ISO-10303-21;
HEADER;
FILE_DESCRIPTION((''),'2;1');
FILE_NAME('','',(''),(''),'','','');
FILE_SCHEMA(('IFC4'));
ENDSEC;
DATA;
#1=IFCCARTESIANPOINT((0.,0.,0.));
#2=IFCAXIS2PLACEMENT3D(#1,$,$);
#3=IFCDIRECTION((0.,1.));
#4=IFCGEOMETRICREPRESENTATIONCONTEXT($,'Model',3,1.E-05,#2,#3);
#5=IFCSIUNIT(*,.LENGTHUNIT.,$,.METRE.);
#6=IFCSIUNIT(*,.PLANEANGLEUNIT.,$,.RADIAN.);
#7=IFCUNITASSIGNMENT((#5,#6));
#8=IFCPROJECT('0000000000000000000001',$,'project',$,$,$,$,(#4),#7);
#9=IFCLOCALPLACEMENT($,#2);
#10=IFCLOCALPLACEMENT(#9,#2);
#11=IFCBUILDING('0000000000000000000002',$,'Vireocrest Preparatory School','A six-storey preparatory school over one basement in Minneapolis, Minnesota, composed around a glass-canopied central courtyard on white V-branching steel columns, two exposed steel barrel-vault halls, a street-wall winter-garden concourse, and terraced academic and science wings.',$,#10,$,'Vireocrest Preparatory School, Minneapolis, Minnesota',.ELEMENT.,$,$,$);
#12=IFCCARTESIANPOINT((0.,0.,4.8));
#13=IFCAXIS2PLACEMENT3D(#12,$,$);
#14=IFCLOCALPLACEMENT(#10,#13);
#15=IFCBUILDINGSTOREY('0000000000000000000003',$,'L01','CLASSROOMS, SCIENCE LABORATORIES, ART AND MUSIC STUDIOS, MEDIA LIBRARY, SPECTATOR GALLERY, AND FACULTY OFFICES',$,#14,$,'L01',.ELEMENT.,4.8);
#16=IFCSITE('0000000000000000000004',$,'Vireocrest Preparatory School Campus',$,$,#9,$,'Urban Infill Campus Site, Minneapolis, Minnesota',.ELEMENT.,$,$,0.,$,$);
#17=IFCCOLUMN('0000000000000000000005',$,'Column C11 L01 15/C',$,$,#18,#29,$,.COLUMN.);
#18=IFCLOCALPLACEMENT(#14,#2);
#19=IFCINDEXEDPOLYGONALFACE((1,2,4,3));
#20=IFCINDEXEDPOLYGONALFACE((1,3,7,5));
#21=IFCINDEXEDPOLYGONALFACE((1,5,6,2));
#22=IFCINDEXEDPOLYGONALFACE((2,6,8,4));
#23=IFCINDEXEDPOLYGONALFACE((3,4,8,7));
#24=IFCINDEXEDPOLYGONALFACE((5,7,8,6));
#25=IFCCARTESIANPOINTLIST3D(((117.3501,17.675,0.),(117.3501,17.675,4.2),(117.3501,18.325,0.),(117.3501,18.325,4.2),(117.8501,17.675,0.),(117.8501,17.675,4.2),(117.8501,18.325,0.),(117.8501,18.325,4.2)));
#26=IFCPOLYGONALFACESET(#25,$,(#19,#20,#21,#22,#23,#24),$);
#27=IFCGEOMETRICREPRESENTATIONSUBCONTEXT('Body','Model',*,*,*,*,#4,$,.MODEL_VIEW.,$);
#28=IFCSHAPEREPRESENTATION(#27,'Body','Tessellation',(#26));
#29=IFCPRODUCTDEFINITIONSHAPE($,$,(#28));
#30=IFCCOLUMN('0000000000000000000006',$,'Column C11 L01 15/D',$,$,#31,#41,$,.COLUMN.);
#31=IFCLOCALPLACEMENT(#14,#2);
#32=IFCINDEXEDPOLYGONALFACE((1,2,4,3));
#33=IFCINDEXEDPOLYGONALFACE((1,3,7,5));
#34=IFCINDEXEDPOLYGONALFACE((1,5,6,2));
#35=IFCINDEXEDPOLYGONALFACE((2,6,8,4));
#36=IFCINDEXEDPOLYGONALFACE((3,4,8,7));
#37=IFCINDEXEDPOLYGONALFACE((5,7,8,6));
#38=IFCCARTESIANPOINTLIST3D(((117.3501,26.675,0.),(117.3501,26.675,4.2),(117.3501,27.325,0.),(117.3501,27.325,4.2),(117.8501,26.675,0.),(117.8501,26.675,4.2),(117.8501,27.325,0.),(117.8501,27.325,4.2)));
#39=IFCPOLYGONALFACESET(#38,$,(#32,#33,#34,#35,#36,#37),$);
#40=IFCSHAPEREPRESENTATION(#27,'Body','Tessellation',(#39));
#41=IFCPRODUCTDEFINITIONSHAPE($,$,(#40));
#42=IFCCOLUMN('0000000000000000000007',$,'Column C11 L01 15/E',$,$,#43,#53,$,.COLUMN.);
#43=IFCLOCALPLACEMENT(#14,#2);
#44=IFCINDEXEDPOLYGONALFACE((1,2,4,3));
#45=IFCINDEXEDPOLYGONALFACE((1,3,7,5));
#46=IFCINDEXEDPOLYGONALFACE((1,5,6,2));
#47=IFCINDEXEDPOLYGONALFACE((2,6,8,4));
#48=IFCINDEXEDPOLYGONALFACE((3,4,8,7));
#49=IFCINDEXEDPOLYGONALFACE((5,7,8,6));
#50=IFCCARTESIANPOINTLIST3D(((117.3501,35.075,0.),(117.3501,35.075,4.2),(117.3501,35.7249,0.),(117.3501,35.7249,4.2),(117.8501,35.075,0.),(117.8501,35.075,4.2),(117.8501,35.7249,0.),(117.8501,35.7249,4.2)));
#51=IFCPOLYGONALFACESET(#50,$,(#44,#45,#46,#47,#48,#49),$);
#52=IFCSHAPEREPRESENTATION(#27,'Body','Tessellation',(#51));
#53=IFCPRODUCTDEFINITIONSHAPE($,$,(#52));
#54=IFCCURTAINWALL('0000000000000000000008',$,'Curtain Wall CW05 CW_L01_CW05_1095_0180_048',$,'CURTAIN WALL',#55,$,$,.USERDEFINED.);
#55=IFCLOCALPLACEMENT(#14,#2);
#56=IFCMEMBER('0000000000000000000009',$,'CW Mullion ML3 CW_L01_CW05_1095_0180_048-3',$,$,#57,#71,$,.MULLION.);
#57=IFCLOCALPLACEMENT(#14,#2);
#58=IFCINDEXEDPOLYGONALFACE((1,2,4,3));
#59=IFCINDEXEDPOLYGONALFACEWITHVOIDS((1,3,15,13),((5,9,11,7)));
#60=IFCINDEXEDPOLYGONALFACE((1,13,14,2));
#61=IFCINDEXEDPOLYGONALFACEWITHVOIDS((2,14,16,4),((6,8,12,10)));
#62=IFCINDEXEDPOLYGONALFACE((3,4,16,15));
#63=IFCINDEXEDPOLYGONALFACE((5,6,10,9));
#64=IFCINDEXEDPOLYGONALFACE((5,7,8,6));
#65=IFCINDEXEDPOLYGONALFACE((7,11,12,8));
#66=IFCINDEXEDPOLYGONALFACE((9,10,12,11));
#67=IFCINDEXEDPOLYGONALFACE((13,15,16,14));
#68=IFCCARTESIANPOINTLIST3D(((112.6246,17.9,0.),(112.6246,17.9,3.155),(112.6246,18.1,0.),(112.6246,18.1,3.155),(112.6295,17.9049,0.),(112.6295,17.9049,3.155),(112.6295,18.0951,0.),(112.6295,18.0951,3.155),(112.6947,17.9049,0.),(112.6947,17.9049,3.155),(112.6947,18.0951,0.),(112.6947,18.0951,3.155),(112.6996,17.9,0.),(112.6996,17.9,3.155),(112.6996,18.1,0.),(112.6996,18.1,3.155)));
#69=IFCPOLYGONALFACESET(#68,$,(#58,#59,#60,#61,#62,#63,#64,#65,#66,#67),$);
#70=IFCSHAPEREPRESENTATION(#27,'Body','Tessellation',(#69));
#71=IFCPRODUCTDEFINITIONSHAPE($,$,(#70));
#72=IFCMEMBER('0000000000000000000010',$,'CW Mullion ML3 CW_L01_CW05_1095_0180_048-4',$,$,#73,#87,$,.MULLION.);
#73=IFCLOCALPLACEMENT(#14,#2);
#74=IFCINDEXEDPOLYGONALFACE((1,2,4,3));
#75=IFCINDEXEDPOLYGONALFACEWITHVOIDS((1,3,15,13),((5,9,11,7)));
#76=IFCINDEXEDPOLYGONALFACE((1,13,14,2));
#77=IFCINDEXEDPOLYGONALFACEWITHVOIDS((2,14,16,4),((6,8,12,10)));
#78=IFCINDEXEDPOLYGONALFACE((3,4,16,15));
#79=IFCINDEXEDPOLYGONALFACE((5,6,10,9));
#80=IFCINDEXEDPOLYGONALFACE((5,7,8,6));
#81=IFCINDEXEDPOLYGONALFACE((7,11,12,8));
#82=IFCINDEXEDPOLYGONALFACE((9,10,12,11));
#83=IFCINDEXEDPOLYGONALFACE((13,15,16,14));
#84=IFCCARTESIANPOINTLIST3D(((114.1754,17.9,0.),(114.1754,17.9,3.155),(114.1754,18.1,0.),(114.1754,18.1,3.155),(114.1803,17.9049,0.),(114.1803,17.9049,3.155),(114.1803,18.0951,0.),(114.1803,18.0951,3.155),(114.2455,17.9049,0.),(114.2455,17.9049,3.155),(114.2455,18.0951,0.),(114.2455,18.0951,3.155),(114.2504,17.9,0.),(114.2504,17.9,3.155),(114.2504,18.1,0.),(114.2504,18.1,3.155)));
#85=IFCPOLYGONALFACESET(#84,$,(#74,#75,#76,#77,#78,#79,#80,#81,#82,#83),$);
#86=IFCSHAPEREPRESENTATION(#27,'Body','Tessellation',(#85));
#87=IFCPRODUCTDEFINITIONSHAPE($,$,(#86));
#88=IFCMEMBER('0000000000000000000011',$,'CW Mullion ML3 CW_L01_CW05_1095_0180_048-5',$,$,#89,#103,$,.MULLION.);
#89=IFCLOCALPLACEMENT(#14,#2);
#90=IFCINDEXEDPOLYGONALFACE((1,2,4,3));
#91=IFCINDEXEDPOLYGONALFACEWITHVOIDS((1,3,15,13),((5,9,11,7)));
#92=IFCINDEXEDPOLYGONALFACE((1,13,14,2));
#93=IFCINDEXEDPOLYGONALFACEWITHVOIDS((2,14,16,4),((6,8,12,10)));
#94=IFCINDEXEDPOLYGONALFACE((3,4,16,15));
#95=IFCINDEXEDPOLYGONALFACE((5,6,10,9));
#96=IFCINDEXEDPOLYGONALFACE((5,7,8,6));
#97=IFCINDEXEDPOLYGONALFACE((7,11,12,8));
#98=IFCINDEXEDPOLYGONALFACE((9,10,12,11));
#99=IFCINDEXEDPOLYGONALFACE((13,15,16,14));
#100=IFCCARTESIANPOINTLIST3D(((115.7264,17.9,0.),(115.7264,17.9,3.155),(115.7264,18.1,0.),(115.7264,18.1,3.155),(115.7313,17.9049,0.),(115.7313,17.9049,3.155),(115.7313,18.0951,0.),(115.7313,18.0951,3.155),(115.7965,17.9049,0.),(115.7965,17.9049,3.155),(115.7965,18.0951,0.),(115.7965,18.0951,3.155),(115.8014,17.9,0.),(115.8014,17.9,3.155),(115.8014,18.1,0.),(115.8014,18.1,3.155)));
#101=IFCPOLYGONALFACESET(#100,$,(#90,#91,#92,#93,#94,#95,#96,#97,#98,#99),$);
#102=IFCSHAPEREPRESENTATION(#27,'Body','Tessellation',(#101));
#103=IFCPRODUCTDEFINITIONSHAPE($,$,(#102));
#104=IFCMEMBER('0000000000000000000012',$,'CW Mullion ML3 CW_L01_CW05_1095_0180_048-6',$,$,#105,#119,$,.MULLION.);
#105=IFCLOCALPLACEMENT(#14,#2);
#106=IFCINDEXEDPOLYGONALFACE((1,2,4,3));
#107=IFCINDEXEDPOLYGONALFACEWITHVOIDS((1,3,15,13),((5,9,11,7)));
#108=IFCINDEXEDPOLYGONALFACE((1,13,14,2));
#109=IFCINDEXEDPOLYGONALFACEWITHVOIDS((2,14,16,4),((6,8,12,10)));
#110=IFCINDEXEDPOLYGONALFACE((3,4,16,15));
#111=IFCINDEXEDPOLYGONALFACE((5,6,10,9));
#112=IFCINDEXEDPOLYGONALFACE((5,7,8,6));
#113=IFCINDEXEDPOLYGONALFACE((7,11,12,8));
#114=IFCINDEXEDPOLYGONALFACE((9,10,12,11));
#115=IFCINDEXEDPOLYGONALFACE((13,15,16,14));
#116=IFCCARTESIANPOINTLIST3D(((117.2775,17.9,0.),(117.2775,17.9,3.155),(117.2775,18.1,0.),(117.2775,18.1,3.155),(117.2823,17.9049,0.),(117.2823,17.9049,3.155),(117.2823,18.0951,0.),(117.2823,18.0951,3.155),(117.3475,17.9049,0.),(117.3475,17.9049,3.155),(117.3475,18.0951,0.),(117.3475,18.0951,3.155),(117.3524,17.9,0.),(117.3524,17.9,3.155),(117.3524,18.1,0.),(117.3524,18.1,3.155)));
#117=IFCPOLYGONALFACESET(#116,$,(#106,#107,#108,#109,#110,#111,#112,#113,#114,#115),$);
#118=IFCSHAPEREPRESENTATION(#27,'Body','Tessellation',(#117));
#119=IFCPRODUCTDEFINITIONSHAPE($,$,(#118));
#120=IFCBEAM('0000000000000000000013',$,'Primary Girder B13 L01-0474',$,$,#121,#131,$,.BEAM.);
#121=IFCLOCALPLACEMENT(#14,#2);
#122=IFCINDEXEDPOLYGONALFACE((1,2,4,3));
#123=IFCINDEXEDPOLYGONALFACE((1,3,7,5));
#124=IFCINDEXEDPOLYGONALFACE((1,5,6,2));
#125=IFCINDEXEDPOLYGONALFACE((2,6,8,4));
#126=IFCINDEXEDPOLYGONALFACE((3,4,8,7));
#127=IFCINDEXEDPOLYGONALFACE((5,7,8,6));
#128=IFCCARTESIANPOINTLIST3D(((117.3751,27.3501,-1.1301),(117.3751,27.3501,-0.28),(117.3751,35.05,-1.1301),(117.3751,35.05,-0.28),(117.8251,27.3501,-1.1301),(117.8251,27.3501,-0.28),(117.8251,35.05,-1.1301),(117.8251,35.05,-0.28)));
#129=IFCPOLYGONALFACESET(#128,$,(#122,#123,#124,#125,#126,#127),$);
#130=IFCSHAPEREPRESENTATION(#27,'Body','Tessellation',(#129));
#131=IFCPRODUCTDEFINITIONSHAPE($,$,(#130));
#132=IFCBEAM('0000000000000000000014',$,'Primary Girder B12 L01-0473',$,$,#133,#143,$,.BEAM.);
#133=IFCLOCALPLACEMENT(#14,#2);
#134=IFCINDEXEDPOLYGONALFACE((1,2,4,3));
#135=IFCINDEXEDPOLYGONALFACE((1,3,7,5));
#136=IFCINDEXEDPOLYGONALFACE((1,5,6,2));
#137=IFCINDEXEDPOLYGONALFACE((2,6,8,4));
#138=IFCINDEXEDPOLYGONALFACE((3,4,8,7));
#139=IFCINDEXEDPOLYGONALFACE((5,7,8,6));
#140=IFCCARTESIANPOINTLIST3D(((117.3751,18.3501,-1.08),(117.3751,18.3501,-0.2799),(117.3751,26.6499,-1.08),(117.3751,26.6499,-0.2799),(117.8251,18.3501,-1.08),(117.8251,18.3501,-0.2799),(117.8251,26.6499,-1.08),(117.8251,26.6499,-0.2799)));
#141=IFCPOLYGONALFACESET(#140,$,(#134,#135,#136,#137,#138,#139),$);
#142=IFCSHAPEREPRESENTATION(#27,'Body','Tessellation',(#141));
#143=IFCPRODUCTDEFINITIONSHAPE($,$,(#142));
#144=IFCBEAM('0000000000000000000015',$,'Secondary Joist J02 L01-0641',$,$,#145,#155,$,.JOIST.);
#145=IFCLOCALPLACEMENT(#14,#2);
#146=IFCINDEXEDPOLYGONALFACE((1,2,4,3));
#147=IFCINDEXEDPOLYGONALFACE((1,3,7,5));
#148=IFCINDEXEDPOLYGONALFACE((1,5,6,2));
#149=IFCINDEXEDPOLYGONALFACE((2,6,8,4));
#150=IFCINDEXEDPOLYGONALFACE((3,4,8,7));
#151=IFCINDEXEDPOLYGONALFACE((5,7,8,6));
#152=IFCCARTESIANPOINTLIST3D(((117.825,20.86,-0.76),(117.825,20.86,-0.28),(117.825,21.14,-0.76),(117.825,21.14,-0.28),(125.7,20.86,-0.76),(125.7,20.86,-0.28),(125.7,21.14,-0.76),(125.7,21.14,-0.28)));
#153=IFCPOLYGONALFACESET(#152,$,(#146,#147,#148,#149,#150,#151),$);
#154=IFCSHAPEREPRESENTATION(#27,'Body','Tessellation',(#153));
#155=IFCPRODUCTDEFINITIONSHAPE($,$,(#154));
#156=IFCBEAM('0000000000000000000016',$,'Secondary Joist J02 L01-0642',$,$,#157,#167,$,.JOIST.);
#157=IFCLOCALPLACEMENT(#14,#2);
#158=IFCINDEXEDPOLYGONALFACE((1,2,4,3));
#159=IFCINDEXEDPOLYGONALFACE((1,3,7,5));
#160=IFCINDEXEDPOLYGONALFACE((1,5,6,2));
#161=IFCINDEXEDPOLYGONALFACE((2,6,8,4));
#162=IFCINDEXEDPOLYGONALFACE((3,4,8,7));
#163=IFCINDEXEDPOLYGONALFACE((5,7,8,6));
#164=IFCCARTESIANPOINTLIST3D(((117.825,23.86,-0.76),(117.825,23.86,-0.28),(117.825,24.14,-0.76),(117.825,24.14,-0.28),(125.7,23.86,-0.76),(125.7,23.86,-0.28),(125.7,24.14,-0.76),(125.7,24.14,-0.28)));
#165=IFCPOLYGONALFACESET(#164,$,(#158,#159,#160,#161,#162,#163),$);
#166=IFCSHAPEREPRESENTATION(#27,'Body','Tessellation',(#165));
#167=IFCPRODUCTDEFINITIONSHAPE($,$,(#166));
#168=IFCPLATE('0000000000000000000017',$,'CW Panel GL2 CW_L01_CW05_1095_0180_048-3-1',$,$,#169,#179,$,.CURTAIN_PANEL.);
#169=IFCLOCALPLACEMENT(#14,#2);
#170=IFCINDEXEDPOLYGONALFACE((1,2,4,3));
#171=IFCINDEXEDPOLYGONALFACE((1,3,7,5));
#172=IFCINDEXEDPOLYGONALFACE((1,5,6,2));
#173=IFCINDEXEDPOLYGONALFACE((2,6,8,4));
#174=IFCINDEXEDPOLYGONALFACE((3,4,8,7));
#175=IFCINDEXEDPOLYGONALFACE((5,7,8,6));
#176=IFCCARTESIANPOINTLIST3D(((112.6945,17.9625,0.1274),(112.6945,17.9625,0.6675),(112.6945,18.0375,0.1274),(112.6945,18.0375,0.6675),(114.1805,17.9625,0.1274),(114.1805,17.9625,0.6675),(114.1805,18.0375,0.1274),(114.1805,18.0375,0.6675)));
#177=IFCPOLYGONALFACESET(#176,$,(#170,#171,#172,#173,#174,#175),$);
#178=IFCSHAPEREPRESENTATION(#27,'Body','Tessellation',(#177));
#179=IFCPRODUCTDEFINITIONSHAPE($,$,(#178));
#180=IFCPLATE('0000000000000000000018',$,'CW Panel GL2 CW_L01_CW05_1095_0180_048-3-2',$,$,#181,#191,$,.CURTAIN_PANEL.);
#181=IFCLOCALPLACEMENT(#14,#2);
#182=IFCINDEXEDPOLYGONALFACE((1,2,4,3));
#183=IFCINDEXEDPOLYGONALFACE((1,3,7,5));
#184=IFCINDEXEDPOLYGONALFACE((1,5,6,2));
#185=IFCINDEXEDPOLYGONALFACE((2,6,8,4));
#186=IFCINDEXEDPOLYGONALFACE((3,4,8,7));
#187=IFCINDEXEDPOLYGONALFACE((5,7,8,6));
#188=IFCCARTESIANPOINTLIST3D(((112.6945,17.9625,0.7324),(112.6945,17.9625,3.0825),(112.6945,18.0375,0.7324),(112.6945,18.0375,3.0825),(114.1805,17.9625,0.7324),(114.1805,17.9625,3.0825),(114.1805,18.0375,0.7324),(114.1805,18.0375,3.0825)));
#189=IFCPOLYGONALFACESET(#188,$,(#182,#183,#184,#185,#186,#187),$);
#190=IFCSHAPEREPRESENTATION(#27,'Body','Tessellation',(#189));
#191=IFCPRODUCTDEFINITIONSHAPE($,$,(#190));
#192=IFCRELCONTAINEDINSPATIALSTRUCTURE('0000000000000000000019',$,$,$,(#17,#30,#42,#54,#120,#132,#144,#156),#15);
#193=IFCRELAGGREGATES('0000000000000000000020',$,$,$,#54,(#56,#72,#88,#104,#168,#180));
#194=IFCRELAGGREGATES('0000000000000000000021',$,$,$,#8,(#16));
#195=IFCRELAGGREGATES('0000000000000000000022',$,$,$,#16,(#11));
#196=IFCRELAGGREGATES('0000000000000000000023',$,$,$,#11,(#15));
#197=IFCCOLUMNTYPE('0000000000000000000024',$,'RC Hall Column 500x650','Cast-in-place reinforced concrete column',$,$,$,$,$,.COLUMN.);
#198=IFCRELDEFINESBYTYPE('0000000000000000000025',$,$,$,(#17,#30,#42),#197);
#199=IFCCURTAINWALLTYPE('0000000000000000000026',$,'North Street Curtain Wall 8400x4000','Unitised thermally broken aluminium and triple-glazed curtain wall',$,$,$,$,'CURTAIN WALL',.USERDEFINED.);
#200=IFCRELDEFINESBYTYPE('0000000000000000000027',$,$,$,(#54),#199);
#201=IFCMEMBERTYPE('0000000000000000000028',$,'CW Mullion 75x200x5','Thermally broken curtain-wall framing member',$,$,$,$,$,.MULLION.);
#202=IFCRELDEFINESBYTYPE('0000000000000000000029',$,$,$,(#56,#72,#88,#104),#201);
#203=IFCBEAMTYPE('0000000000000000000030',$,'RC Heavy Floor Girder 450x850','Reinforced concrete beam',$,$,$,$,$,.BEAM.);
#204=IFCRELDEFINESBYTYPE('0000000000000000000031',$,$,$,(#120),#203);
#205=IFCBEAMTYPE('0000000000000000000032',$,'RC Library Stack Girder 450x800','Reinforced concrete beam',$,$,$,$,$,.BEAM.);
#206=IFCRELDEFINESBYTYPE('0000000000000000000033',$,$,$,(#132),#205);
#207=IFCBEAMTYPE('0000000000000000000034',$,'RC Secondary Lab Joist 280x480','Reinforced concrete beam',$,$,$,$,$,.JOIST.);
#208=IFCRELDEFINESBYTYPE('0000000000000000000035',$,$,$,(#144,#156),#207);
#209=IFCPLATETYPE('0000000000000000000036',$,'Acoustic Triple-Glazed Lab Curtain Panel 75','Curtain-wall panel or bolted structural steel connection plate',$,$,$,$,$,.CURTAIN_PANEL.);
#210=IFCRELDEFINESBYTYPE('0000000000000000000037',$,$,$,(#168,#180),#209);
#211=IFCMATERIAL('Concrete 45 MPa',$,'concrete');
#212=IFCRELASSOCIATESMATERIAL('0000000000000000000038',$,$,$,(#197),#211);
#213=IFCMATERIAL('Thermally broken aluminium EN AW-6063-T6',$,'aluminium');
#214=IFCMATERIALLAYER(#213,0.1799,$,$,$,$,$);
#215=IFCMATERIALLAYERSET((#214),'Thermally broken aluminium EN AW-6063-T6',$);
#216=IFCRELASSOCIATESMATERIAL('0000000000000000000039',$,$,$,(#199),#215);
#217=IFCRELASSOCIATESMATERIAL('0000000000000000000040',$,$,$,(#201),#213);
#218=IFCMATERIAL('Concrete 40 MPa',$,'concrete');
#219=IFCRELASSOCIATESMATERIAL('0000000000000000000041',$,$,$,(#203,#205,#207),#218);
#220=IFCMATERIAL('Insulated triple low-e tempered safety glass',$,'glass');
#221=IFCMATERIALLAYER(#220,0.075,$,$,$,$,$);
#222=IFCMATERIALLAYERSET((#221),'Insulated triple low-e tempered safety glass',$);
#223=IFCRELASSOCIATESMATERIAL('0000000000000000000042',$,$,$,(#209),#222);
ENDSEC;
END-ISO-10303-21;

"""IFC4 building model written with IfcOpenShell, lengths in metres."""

from ifc_helpers import new_model, si_unit, direction, frame, origin, origin_2d, place, context, subcontext, project, spatial, rectangle, hollow_rectangle, extrude, material, layer, layer_set, material_profile, profile_set, type_object, element, aggregate, save


model = new_model("IFC4")

# Units and contexts
model_context = context("Model", 3, precision=1e-05, world=origin(), true_north=direction((0.0, 1.0)))
body_context = subcontext(model_context, "Body", "Model", "MODEL_VIEW")
ifc_project = project(units=[si_unit("LENGTHUNIT", "METRE"), si_unit("PLANEANGLEUNIT", "RADIAN")], contexts=[model_context])

# Site, building, storey
site_placement = place(None, origin())
site = spatial("IfcSite", under=ifc_project, at=site_placement, Name="Vireocrest Preparatory School Campus", LongName="Urban Infill Campus Site, Minneapolis, Minnesota", CompositionType="ELEMENT", RefElevation=0.0)
building_placement = place(site_placement, origin())
building = spatial("IfcBuilding", under=site, at=building_placement, Name="Vireocrest Preparatory School", Description="A six-storey preparatory school over one basement in Minneapolis, Minnesota, composed around a glass-canopied central courtyard on white V-branching steel columns, two exposed steel barrel-vault halls, a street-wall winter-garden concourse, and terraced academic and science wings.", LongName="Vireocrest Preparatory School, Minneapolis, Minnesota", CompositionType="ELEMENT")
storey_placement = place(building_placement, frame((0.0, 0.0, 4.8)))
storey = spatial("IfcBuildingStorey", under=building, at=storey_placement, Name="L01", Description="CLASSROOMS, SCIENCE LABORATORIES, ART AND MUSIC STUDIOS, MEDIA LIBRARY, SPECTATOR GALLERY, AND FACULTY OFFICES", LongName="L01", CompositionType="ELEMENT", Elevation=4.8)

# Columns
ifc_material_1 = material(Name="Concrete 45 MPa", Category="concrete")
ifc_material_profile_1 = material_profile(ifc_material_1, rectangle(XDim=0.5, YDim=0.6499, at=origin_2d()), Name="RC 500x650")
ifc_profile_set_1 = profile_set([ifc_material_profile_1], Name="Concrete 45 MPa")
column_type = type_object("IfcColumnType", Name="RC Hall Column 500x650", Description="Cast-in-place reinforced concrete column", PredefinedType="COLUMN", material=ifc_profile_set_1)
for number, where, z_axis, x_axis, name in (
    (1, (117.6001, 18.0, 0.0), (0.0, 0.0, 1.0), (1.0, 0.0, 0.0), "Column C11 L01 15/C"),
    (2, (117.6001, 27.0, 0.0), (0.0, 0.0, 1.0), (1.0, 0.0, 0.0), "Column C11 L01 15/D"),
    (3, (117.6001, 35.3999, 0.0), (0.0, 0.0, 1.0), (1.0, 0.0, 0.0), "Column C11 L01 15/E"),
):
    element("IfcColumn", number, at=place(storey_placement, frame(where, z_axis=z_axis, x_axis=x_axis)), inside=storey, type_object=column_type, Name=name, PredefinedType="COLUMN", context=body_context, shape_type="SweptSolid", body=[
        extrude(rectangle(XDim=0.5, YDim=0.6499, at=origin_2d()), origin(), (0.0, 0.0, 1.0), 4.2),
    ])

# Curtain wall, members
ifc_material_2 = material(Name="Thermally broken aluminium EN AW-6063-T6", Category="aluminium")
ifc_layer_1 = layer(ifc_material_2, 0.1799)
ifc_layer_set_1 = layer_set([ifc_layer_1], Name="Thermally broken aluminium EN AW-6063-T6")
curtain_wall_type = type_object("IfcCurtainWallType", Name="North Street Curtain Wall 8400x4000", Description="Unitised thermally broken aluminium and triple-glazed curtain wall", ElementType="CURTAIN WALL", PredefinedType="USERDEFINED", material=ifc_layer_set_1)
curtain_wall_placement = place(storey_placement, origin())
curtain_wall = element("IfcCurtainWall", 4, at=curtain_wall_placement, inside=storey, type_object=curtain_wall_type, Name="Curtain Wall CW05 CW_L01_CW05_1095_0180_048", ObjectType="CURTAIN WALL", PredefinedType="USERDEFINED")
ifc_material_profile_2 = material_profile(ifc_material_2, hollow_rectangle(XDim=0.075, YDim=0.2, WallThickness=0.0049, at=origin_2d()), Name="ALU 75x200x5")
ifc_profile_set_2 = profile_set([ifc_material_profile_2], Name="Thermally broken aluminium EN AW-6063-T6")
member_type = type_object("IfcMemberType", Name="CW Mullion 75x200x5", Description="Thermally broken curtain-wall framing member", PredefinedType="MULLION", material=ifc_profile_set_2)
member_1_placement = place(storey_placement, frame((112.6621, 18.0, 0.0), z_axis=(0.0, 0.0, 1.0), x_axis=(1.0, 0.0, 0.0)))
member_1 = element("IfcMember", 5, at=member_1_placement, type_object=member_type, Name="CW Mullion ML3 CW_L01_CW05_1095_0180_048-3", PredefinedType="MULLION", context=body_context, shape_type="SweptSolid", body=[
    extrude(hollow_rectangle(XDim=0.075, YDim=0.2, WallThickness=0.0049, at=origin_2d()), origin(), (0.0, 0.0, 1.0), 3.155),
])
member_2_placement = place(storey_placement, frame((114.2129, 18.0, 0.0), z_axis=(0.0, 0.0, 1.0), x_axis=(1.0, 0.0, 0.0)))
member_2 = element("IfcMember", 6, at=member_2_placement, type_object=member_type, Name="CW Mullion ML3 CW_L01_CW05_1095_0180_048-4", PredefinedType="MULLION", context=body_context, shape_type="SweptSolid", body=[
    extrude(hollow_rectangle(XDim=0.075, YDim=0.2, WallThickness=0.0049, at=origin_2d()), origin(), (0.0, 0.0, 1.0), 3.155),
])
member_3_placement = place(storey_placement, frame((115.7639, 18.0, 0.0), z_axis=(0.0, 0.0, 1.0), x_axis=(1.0, 0.0, 0.0)))
member_3 = element("IfcMember", 7, at=member_3_placement, type_object=member_type, Name="CW Mullion ML3 CW_L01_CW05_1095_0180_048-5", PredefinedType="MULLION", context=body_context, shape_type="SweptSolid", body=[
    extrude(hollow_rectangle(XDim=0.075, YDim=0.2, WallThickness=0.0049, at=origin_2d()), origin(), (0.0, 0.0, 1.0), 3.155),
])
member_4_placement = place(storey_placement, frame((117.3149, 18.0, 0.0), z_axis=(0.0, 0.0, 1.0), x_axis=(1.0, 0.0, 0.0)))
member_4 = element("IfcMember", 8, at=member_4_placement, type_object=member_type, Name="CW Mullion ML3 CW_L01_CW05_1095_0180_048-6", PredefinedType="MULLION", context=body_context, shape_type="SweptSolid", body=[
    extrude(hollow_rectangle(XDim=0.075, YDim=0.2, WallThickness=0.0049, at=origin_2d()), origin(), (0.0, 0.0, 1.0), 3.155),
])

# Beams
ifc_material_3 = material(Name="Concrete 40 MPa", Category="concrete")
ifc_material_profile_3 = material_profile(ifc_material_3, rectangle(XDim=0.45, YDim=0.8501, at=origin_2d()), Name="RC 450x850")
ifc_profile_set_3 = profile_set([ifc_material_profile_3], Name="Concrete 40 MPa")
beam_type_1 = type_object("IfcBeamType", Name="RC Heavy Floor Girder 450x850", Description="Reinforced concrete beam", PredefinedType="BEAM", material=ifc_profile_set_3)
beam_1_placement = place(storey_placement, frame((117.6001, 27.3501, -0.7051), z_axis=(0.0, 1.0, 0.0), x_axis=(-1.0, 0.0, 0.0)))
element("IfcBeam", 9, at=beam_1_placement, inside=storey, type_object=beam_type_1, Name="Primary Girder B13 L01-0474", PredefinedType="BEAM", context=body_context, shape_type="SweptSolid", body=[
    extrude(rectangle(XDim=0.45, YDim=0.8501, at=origin_2d()), origin(), (0.0, 0.0, 1.0), 7.7),
])
ifc_material_profile_4 = material_profile(ifc_material_3, rectangle(XDim=0.45, YDim=0.8, at=origin_2d()), Name="RC 450x800")
ifc_profile_set_4 = profile_set([ifc_material_profile_4], Name="Concrete 40 MPa")
beam_type_2 = type_object("IfcBeamType", Name="RC Library Stack Girder 450x800", Description="Reinforced concrete beam", PredefinedType="BEAM", material=ifc_profile_set_4)
beam_2_placement = place(storey_placement, frame((117.6001, 18.3501, -0.6799), z_axis=(0.0, 1.0, 0.0), x_axis=(-1.0, 0.0, 0.0)))
element("IfcBeam", 10, at=beam_2_placement, inside=storey, type_object=beam_type_2, Name="Primary Girder B12 L01-0473", PredefinedType="BEAM", context=body_context, shape_type="SweptSolid", body=[
    extrude(rectangle(XDim=0.45, YDim=0.8, at=origin_2d()), origin(), (0.0, 0.0, 1.0), 8.2998),
])
ifc_material_profile_5 = material_profile(ifc_material_3, rectangle(XDim=0.28, YDim=0.48, at=origin_2d()), Name="RC 280x480")
ifc_profile_set_5 = profile_set([ifc_material_profile_5], Name="Concrete 40 MPa")
beam_type_3 = type_object("IfcBeamType", Name="RC Secondary Lab Joist 280x480", Description="Reinforced concrete beam", PredefinedType="JOIST", material=ifc_profile_set_5)
for number, where, z_axis, x_axis, name in (
    (11, (117.825, 21.0, -0.52), (1.0, 0.0, 0.0), (0.0, 1.0, 0.0), "Secondary Joist J02 L01-0641"),
    (12, (117.825, 24.0, -0.52), (1.0, 0.0, 0.0), (0.0, 1.0, 0.0), "Secondary Joist J02 L01-0642"),
):
    element("IfcBeam", number, at=place(storey_placement, frame(where, z_axis=z_axis, x_axis=x_axis)), inside=storey, type_object=beam_type_3, Name=name, PredefinedType="JOIST", context=body_context, shape_type="SweptSolid", body=[
        extrude(rectangle(XDim=0.28, YDim=0.48, at=origin_2d()), origin(), (0.0, 0.0, 1.0), 7.875),
    ])

# Plates
ifc_material_4 = material(Name="Insulated triple low-e tempered safety glass", Category="glass")
ifc_layer_2 = layer(ifc_material_4, 0.075)
ifc_layer_set_2 = layer_set([ifc_layer_2], Name="Insulated triple low-e tempered safety glass")
plate_type = type_object("IfcPlateType", Name="Acoustic Triple-Glazed Lab Curtain Panel 75", Description="Curtain-wall panel or bolted structural steel connection plate", PredefinedType="CURTAIN_PANEL", material=ifc_layer_set_2)
plate_1_placement = place(storey_placement, frame((113.4375, 18.0, 0.1274), z_axis=(0.0, 0.0, 1.0), x_axis=(1.0, 0.0, 0.0)))
plate_1 = element("IfcPlate", 13, at=plate_1_placement, type_object=plate_type, Name="CW Panel GL2 CW_L01_CW05_1095_0180_048-3-1", PredefinedType="CURTAIN_PANEL", context=body_context, shape_type="SweptSolid", body=[
    extrude(rectangle(XDim=1.4861, YDim=0.075, at=origin_2d()), origin(), (0.0, 0.0, 1.0), 0.54),
])
plate_2_placement = place(storey_placement, frame((113.4375, 18.0, 0.7324), z_axis=(0.0, 0.0, 1.0), x_axis=(1.0, 0.0, 0.0)))
plate_2 = element("IfcPlate", 14, at=plate_2_placement, type_object=plate_type, Name="CW Panel GL2 CW_L01_CW05_1095_0180_048-3-2", PredefinedType="CURTAIN_PANEL", context=body_context, shape_type="SweptSolid", body=[
    extrude(rectangle(XDim=1.4861, YDim=0.075, at=origin_2d()), origin(), (0.0, 0.0, 1.0), 2.3501),
])
aggregate(curtain_wall, [member_1, member_2, member_3, member_4, plate_1, plate_2])

save(model, "model.ifc")
